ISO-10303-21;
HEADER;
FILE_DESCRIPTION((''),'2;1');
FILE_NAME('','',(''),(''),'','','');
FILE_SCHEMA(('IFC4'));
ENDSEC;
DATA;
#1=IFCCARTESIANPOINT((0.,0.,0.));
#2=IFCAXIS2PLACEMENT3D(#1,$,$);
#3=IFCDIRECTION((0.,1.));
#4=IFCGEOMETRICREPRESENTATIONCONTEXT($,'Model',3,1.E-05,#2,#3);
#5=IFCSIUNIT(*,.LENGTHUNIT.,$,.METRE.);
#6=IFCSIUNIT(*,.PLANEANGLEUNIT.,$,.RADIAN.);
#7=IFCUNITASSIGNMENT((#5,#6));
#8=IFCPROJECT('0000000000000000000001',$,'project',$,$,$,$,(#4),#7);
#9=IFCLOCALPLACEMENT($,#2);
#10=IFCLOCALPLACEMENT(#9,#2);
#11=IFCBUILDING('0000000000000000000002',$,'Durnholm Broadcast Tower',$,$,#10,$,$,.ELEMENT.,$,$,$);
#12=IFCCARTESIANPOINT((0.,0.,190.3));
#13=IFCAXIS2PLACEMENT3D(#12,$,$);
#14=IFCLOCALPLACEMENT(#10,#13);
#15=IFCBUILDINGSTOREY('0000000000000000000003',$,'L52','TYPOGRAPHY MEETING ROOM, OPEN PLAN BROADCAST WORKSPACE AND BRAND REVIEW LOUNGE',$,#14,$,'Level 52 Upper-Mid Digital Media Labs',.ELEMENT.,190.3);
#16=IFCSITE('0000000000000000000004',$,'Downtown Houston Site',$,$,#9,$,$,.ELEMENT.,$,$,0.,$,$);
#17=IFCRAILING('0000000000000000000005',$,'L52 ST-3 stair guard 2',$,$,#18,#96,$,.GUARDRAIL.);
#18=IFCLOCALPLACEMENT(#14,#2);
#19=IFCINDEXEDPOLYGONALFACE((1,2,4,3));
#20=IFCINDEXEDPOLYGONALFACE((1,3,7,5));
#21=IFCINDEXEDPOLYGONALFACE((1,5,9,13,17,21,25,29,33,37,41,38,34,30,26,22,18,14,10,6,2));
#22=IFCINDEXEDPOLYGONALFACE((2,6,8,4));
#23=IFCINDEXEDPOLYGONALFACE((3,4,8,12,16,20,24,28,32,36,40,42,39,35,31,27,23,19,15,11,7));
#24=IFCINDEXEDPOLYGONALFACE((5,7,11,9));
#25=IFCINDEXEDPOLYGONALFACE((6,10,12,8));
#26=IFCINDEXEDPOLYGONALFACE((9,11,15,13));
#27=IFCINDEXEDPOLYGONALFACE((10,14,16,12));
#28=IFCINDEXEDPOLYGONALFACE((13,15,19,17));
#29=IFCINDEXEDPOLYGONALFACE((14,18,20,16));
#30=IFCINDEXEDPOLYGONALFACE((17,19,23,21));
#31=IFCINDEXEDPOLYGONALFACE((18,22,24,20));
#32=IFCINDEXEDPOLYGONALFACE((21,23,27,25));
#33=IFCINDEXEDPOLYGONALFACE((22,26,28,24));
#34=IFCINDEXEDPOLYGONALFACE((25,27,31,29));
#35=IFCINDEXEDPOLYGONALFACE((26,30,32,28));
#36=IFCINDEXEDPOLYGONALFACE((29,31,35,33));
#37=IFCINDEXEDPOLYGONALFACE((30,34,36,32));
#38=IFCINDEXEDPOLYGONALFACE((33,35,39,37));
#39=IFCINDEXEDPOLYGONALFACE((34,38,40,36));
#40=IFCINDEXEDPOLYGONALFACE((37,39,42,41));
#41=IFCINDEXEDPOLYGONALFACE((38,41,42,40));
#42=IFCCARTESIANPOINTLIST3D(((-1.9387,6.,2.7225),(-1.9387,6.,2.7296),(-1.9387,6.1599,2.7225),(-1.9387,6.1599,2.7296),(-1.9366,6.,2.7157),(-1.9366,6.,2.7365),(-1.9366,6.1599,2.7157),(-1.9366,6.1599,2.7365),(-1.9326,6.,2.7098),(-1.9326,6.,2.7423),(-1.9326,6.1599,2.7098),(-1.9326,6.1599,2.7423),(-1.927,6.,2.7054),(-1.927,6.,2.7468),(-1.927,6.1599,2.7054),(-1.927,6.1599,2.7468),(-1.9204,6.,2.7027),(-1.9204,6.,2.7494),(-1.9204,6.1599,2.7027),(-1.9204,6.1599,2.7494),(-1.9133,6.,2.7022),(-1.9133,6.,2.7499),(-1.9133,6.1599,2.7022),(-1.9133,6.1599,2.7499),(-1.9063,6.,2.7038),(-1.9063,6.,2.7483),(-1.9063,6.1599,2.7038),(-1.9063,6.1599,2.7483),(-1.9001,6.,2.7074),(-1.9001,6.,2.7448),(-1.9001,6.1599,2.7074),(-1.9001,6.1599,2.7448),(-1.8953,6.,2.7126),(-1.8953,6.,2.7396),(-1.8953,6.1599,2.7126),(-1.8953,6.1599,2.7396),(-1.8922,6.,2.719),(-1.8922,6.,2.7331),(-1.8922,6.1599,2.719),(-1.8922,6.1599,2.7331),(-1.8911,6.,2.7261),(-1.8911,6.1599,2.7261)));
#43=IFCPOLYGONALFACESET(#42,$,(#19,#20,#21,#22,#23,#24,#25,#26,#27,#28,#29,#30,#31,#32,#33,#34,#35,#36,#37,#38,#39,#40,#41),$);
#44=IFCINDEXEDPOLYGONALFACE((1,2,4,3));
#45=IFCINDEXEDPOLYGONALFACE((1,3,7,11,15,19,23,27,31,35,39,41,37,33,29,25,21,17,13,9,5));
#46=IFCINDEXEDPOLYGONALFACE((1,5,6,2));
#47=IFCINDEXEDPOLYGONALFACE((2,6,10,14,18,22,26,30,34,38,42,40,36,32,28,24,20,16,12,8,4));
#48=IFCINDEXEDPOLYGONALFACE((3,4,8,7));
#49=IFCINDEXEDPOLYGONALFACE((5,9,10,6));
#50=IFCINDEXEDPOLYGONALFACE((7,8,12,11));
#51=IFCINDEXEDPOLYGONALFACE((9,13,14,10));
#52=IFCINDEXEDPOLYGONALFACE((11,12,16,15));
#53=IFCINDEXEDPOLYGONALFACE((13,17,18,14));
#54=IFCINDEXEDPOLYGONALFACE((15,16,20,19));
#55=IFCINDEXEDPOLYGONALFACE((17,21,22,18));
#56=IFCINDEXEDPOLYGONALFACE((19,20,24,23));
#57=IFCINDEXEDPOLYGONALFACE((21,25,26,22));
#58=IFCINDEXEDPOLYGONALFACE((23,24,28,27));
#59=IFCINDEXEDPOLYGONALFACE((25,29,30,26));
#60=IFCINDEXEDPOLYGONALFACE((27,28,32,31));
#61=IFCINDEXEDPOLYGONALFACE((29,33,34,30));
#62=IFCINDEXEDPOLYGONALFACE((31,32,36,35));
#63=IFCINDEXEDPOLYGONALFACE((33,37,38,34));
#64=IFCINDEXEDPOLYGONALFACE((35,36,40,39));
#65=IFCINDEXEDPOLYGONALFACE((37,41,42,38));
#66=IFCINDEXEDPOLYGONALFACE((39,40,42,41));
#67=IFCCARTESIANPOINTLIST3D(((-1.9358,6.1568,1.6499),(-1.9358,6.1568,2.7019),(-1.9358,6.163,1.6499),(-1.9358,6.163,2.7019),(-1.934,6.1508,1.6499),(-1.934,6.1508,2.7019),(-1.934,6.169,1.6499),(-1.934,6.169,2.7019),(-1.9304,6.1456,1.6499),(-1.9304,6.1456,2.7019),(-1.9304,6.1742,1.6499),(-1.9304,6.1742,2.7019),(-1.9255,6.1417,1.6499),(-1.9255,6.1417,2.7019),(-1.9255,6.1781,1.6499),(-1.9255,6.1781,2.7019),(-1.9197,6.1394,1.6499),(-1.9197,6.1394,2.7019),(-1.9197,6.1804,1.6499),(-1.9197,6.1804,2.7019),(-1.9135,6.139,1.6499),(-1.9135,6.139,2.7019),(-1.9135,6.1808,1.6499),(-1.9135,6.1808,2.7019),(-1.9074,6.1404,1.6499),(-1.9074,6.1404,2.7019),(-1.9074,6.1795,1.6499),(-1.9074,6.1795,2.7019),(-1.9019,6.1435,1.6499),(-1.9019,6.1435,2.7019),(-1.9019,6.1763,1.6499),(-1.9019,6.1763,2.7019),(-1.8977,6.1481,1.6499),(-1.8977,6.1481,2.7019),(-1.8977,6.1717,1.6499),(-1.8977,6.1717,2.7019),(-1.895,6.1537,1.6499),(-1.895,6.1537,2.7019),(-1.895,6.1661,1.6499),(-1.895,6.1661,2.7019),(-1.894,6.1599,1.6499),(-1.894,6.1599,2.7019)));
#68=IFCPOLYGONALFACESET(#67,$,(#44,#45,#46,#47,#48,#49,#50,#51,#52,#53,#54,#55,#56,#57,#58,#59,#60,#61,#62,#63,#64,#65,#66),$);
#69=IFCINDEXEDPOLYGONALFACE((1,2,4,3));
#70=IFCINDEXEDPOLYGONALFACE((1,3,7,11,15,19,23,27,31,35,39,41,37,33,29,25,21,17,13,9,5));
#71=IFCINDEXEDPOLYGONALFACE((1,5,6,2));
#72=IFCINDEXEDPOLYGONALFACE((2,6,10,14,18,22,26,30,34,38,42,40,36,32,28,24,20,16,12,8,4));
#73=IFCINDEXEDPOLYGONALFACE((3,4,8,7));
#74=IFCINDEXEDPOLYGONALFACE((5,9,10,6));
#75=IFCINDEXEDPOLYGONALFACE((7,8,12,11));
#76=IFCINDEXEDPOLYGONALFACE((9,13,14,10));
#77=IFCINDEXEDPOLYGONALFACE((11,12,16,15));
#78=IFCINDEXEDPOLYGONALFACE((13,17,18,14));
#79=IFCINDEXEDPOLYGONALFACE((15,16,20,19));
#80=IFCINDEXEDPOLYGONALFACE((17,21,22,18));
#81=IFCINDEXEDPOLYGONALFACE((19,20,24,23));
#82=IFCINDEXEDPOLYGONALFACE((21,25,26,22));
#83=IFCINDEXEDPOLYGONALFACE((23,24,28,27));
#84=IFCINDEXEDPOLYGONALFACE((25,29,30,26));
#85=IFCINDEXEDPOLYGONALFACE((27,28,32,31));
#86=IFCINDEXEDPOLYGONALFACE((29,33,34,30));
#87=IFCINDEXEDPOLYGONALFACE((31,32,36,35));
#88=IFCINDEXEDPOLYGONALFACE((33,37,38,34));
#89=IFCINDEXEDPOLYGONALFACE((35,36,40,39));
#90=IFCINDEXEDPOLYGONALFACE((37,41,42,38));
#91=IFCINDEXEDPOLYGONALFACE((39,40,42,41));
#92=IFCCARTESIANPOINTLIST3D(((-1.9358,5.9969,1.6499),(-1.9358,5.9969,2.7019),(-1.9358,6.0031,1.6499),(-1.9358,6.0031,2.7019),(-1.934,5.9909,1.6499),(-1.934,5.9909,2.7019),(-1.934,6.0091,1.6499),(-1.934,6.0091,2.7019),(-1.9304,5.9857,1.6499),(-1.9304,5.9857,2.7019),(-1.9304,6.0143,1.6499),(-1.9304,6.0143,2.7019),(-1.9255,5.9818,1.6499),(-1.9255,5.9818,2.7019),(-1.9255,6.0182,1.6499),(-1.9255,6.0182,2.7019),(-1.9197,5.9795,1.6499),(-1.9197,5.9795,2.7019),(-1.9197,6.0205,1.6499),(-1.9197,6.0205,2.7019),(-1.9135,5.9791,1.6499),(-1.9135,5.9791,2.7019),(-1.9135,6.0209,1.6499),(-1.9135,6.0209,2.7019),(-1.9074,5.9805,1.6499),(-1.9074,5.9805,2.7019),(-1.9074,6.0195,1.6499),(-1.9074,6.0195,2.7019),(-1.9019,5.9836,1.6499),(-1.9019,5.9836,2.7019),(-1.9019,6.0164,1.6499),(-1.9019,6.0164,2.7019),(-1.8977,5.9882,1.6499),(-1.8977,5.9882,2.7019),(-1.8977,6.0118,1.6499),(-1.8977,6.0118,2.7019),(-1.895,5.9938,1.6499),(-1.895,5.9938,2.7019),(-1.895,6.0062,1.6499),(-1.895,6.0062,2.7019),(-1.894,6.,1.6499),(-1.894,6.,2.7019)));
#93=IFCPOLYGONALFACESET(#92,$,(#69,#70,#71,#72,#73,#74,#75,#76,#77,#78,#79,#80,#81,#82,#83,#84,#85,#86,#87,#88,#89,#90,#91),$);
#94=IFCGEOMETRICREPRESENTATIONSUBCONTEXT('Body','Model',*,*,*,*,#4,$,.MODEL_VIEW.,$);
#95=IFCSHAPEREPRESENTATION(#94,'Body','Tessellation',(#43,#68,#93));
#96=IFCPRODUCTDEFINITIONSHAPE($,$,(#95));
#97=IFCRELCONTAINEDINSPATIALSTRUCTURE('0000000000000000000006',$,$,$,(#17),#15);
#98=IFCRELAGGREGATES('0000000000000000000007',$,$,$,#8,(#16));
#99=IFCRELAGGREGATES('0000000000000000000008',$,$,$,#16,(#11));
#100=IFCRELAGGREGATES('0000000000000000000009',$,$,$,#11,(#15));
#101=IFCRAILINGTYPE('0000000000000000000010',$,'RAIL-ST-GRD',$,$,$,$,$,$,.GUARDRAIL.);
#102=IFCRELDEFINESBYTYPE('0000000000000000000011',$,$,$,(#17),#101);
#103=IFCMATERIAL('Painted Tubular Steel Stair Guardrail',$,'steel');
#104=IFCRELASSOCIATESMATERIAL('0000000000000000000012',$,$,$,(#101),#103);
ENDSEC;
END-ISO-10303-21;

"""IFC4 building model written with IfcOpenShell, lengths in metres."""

from ifc_helpers import new_model, si_unit, direction, frame, origin, origin_2d, place, context, subcontext, project, spatial, circle, extrude, material, type_object, element, save


model = new_model("IFC4")

# Units and contexts
model_context = context("Model", 3, precision=1e-05, world=origin(), true_north=direction((0.0, 1.0)))
body_context = subcontext(model_context, "Body", "Model", "MODEL_VIEW")
ifc_project = project(units=[si_unit("LENGTHUNIT", "METRE"), si_unit("PLANEANGLEUNIT", "RADIAN")], contexts=[model_context])

# Site, building, storey
site_placement = place(None, origin())
site = spatial("IfcSite", under=ifc_project, at=site_placement, Name="Downtown Houston Site", CompositionType="ELEMENT", RefElevation=0.0)
building_placement = place(site_placement, origin())
building = spatial("IfcBuilding", under=site, at=building_placement, Name="Durnholm Broadcast Tower", CompositionType="ELEMENT")
storey_placement = place(building_placement, frame((0.0, 0.0, 190.3)))
storey = spatial("IfcBuildingStorey", under=building, at=storey_placement, Name="L52", Description="TYPOGRAPHY MEETING ROOM, OPEN PLAN BROADCAST WORKSPACE AND BRAND REVIEW LOUNGE", LongName="Level 52 Upper-Mid Digital Media Labs", CompositionType="ELEMENT", Elevation=190.3)

# Railing
ifc_material_1 = material(Name="Painted Tubular Steel Stair Guardrail", Category="steel")
railing_type_1 = type_object("IfcRailingType", Name="RAIL-ST-GRD", PredefinedType="GUARDRAIL", material=ifc_material_1)
railing_1_placement = place(storey_placement, frame((-1.915, 6.1599, 1.6499)))
element("IfcRailing", 1, at=railing_1_placement, inside=storey, type_object=railing_type_1, Name="L52 ST-3 stair guard 2", PredefinedType="GUARDRAIL", context=body_context, shape_type="SweptSolid", body=[
    extrude(circle(Radius=0.0239, at=origin_2d()), frame((0.0, 0.0, 1.0762), z_axis=(0.0, -1.0, 0.0), x_axis=(1.0, 0.0, 0.0)), (0.0, 0.0, 1.0), 0.1599),
    extrude(circle(Radius=0.021, at=origin_2d()), origin(), (0.0, 0.0, 1.0), 1.052),
    extrude(circle(Radius=0.021, at=origin_2d()), frame((0.0, -0.1599, 0.0)), (0.0, 0.0, 1.0), 1.052),
])

save(model, "model.ifc")
